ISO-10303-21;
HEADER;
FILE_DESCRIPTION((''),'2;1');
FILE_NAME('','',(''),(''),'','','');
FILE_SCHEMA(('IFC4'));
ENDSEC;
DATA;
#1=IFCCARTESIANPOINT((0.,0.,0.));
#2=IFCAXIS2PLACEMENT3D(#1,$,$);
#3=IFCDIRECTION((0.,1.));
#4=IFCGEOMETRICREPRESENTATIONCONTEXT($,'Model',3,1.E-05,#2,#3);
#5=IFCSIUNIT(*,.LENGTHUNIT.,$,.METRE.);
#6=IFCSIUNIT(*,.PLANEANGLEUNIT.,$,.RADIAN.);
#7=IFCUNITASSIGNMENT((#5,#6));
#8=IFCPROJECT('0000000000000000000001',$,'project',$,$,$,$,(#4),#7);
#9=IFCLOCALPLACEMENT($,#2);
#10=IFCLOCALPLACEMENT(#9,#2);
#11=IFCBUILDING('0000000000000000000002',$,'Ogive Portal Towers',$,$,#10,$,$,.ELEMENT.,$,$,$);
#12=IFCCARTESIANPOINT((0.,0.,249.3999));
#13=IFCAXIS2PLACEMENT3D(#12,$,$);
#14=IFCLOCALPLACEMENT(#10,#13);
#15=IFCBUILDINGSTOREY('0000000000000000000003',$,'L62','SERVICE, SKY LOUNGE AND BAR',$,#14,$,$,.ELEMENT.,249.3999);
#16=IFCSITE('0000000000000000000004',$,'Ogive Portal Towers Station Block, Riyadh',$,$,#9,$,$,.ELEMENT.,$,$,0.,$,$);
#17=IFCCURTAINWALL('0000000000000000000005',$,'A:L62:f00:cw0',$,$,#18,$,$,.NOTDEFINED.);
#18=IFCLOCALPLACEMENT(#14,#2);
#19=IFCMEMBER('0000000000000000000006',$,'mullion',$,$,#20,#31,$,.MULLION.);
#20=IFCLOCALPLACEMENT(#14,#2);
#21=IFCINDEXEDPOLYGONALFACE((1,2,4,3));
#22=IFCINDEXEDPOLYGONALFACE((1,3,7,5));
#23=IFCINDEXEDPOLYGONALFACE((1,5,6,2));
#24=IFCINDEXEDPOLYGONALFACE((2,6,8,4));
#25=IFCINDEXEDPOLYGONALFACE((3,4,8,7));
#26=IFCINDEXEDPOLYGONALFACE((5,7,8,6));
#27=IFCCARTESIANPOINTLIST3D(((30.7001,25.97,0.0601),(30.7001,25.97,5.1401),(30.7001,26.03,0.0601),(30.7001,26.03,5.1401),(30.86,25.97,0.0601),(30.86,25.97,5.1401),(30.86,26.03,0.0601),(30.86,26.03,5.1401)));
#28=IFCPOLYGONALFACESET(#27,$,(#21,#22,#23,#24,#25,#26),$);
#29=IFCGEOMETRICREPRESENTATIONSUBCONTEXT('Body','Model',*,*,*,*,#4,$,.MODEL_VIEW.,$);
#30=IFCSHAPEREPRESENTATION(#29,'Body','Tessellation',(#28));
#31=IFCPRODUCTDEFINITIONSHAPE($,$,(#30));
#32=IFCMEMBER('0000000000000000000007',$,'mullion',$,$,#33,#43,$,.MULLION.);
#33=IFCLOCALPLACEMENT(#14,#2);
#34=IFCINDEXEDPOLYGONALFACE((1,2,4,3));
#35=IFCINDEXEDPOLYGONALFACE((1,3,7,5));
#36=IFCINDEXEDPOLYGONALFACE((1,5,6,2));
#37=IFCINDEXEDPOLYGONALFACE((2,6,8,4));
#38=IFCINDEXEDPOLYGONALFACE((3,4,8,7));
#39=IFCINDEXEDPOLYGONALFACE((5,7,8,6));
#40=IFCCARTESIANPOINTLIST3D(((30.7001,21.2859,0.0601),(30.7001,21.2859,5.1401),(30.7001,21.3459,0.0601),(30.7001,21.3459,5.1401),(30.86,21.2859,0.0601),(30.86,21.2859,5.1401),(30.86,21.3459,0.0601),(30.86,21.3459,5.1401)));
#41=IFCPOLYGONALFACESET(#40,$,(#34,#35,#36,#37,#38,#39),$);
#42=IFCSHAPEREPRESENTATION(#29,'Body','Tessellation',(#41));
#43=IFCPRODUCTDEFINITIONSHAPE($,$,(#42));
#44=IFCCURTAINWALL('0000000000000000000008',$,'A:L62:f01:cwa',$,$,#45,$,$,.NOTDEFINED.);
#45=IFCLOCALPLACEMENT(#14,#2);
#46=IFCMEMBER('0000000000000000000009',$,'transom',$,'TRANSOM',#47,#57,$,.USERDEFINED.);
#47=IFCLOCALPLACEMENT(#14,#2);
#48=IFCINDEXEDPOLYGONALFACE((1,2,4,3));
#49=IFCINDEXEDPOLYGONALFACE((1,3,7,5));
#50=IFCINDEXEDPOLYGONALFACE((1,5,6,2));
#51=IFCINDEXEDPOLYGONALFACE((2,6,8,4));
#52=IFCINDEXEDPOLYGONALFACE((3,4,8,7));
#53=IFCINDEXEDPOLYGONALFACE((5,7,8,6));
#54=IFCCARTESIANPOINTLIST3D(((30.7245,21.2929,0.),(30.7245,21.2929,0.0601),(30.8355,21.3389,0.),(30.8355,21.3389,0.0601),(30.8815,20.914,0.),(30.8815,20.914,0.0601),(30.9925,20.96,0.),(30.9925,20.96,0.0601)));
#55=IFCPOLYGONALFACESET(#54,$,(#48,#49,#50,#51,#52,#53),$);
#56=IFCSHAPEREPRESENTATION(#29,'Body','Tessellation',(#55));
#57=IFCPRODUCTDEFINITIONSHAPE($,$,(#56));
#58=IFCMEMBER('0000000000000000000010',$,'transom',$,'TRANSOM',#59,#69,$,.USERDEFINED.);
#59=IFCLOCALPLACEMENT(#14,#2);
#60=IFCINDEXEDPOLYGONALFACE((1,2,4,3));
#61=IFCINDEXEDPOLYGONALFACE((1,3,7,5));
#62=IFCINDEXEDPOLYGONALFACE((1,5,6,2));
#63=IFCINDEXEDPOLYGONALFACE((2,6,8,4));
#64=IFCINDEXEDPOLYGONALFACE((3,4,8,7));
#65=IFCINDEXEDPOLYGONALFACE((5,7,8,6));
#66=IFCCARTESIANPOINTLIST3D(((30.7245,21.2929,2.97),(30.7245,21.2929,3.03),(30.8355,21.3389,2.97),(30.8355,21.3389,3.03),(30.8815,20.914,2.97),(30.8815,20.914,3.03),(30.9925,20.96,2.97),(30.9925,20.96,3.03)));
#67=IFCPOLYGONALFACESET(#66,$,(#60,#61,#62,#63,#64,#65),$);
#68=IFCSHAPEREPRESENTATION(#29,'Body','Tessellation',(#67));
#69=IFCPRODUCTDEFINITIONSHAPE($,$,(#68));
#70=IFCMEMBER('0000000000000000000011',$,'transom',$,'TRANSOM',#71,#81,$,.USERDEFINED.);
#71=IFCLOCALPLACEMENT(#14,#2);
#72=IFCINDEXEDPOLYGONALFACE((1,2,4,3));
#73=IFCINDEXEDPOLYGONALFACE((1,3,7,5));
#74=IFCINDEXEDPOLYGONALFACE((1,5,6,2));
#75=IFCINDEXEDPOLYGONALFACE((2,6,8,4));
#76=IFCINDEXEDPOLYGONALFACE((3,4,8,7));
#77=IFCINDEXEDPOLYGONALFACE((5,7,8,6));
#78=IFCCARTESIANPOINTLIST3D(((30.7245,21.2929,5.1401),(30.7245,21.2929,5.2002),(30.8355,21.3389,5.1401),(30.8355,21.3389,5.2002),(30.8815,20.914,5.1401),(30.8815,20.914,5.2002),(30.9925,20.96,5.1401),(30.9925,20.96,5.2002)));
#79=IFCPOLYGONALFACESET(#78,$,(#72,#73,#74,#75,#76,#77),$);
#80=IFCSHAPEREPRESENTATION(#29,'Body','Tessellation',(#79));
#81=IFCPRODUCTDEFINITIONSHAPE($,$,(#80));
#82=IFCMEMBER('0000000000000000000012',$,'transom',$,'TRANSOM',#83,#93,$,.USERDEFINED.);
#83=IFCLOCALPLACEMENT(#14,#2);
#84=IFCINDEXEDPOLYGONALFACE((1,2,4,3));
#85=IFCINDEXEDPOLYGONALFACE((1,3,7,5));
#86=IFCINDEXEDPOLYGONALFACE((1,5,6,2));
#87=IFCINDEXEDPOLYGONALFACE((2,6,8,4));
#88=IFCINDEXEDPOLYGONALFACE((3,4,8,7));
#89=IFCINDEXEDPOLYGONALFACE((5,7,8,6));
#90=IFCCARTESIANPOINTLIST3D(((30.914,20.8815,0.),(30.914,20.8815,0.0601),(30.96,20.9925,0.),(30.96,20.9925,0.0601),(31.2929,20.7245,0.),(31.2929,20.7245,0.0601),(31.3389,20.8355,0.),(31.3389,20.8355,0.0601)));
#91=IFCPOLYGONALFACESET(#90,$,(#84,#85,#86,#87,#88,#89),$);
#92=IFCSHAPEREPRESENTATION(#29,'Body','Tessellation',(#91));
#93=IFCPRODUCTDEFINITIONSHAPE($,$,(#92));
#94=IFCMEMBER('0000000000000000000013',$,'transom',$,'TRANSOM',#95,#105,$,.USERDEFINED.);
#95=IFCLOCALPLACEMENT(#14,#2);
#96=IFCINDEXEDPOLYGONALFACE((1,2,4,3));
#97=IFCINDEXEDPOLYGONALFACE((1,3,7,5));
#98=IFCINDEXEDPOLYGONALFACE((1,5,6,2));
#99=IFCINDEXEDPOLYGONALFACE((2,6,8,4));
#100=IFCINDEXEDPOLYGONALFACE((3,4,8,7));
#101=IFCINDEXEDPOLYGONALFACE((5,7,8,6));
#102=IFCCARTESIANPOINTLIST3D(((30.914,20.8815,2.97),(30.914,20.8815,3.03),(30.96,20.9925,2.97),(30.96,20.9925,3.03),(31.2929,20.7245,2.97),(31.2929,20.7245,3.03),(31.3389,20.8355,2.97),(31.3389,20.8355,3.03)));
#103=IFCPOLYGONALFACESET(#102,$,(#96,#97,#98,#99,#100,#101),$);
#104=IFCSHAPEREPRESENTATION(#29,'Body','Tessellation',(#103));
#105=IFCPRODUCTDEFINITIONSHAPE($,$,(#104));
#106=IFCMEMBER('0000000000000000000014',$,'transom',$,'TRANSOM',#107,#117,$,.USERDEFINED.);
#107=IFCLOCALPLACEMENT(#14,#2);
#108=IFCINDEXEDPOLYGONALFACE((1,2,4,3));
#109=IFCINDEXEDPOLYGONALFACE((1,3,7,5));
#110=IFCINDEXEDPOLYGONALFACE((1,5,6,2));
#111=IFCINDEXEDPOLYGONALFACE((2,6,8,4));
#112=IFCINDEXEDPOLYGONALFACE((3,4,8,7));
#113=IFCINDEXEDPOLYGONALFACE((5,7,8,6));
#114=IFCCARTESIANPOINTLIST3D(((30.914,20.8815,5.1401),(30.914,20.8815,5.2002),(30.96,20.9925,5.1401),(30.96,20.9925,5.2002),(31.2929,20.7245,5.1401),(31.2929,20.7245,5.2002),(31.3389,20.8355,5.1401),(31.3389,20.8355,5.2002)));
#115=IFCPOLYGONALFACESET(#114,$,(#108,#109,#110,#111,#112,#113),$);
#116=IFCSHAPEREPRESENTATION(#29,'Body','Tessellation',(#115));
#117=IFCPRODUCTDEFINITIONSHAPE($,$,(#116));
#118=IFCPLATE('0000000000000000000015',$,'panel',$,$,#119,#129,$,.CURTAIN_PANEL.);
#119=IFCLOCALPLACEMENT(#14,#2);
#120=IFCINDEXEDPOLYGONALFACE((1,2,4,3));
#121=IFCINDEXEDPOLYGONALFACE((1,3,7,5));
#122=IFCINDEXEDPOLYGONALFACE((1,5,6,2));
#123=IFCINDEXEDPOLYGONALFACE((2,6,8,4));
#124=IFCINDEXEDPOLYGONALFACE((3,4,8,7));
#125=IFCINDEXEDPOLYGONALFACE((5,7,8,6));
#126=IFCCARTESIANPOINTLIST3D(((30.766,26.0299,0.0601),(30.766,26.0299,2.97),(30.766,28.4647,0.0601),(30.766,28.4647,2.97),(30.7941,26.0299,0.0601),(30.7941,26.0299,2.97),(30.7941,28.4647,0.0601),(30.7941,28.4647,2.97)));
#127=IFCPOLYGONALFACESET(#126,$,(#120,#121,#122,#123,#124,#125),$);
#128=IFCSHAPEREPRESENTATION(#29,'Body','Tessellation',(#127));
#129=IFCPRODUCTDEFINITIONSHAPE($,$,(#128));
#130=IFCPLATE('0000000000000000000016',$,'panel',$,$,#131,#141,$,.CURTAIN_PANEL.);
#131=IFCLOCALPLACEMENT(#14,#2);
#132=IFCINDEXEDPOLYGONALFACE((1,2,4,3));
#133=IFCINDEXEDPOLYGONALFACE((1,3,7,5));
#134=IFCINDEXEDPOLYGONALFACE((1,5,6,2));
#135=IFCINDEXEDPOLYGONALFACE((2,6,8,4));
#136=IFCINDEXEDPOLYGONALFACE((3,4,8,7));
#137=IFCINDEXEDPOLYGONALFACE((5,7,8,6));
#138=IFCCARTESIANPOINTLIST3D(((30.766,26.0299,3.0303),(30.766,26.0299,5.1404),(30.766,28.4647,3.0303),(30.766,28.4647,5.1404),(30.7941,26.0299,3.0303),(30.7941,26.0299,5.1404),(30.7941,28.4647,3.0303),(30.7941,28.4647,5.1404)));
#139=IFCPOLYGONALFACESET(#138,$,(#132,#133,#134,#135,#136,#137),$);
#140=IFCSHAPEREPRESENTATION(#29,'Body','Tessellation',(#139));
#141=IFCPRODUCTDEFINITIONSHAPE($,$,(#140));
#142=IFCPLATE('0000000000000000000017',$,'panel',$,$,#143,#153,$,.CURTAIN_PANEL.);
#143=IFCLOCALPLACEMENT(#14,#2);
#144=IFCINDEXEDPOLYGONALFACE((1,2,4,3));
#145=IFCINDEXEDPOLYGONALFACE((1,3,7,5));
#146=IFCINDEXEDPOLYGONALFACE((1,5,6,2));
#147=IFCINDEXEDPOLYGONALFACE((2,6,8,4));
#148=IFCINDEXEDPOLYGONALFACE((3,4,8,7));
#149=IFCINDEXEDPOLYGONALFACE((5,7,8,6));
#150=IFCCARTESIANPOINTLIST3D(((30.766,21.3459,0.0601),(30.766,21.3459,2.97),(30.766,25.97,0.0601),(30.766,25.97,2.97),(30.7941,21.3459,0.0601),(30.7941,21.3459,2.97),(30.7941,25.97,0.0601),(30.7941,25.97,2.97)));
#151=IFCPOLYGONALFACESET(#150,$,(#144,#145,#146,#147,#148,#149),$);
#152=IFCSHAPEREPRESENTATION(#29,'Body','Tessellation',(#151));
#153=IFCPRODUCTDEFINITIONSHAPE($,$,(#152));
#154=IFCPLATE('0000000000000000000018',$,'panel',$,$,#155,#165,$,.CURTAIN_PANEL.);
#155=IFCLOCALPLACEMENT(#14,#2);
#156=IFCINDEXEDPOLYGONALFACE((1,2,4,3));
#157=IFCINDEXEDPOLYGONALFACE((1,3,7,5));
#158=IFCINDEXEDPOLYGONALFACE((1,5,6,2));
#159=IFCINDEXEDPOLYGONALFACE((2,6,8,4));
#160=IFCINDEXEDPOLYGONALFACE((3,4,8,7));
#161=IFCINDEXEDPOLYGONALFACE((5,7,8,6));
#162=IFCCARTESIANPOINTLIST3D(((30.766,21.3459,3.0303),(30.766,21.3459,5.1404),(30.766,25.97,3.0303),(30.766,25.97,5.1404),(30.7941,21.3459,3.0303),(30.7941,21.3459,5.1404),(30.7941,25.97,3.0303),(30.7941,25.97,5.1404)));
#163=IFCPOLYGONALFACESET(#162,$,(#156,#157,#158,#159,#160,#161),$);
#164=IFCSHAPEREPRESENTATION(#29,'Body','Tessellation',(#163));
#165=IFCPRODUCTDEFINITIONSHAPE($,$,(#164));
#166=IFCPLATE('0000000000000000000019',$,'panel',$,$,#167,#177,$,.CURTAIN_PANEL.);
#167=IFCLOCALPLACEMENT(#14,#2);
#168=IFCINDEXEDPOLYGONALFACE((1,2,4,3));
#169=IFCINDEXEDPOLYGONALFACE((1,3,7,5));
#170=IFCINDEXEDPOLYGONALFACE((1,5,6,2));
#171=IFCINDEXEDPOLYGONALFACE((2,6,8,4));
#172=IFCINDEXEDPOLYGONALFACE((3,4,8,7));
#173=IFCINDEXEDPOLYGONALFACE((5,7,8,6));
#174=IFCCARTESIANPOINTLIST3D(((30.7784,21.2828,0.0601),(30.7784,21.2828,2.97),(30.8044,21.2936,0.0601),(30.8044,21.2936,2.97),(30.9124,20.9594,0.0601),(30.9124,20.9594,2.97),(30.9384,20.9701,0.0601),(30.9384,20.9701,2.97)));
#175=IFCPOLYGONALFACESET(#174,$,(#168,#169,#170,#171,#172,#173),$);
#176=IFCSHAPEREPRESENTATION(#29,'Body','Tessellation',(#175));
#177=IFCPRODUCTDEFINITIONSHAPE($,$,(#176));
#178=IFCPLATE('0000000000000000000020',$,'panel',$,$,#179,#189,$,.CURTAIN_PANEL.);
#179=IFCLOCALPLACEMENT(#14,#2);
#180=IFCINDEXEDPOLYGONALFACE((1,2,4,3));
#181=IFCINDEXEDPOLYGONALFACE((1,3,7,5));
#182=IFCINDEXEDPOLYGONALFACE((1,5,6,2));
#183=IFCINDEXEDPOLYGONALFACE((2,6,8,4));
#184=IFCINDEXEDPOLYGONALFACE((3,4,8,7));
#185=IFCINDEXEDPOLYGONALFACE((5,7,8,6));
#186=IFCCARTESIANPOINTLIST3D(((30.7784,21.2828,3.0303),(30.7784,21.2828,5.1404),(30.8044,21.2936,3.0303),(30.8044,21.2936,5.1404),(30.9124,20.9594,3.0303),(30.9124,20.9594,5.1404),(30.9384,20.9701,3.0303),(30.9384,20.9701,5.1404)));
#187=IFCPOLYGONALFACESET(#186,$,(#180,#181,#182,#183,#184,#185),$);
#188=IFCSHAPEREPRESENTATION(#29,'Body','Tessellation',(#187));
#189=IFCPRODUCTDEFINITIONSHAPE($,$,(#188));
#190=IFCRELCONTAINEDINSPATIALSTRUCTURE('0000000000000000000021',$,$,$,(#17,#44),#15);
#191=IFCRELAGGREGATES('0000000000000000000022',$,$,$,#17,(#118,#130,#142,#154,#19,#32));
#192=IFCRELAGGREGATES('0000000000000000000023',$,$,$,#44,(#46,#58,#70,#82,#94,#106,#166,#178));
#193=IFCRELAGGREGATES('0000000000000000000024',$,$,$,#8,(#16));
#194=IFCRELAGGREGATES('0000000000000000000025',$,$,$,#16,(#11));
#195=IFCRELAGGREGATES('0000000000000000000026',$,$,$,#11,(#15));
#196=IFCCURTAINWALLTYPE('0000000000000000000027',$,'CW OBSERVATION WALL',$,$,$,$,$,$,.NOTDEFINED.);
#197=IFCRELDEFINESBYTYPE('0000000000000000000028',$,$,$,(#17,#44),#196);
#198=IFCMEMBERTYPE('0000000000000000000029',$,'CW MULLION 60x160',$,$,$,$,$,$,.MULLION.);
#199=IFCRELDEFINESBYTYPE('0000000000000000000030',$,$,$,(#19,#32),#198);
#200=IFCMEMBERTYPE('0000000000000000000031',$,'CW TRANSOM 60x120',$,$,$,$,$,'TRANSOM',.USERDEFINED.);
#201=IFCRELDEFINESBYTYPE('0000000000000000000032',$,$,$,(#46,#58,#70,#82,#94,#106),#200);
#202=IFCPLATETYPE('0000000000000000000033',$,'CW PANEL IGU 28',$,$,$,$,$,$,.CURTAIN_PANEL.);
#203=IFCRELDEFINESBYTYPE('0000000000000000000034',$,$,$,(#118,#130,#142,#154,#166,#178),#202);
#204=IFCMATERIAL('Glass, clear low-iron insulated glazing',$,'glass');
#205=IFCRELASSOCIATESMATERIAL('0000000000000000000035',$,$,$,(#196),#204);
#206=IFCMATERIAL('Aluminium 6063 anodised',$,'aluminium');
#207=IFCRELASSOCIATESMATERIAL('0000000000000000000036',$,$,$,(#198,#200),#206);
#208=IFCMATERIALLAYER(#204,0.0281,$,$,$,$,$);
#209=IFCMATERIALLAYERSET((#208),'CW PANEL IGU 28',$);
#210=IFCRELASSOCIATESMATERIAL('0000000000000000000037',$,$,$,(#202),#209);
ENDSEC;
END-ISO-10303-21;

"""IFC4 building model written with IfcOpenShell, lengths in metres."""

from ifc_helpers import new_model, si_unit, direction, frame, origin, origin_2d, place, context, subcontext, project, spatial, rectangle, extrude, material, layer, layer_set, material_profile, profile_set, type_object, element, aggregate, save


model = new_model("IFC4")

# Units and contexts
model_context = context("Model", 3, precision=1e-05, world=origin(), true_north=direction((0.0, 1.0)))
body_context = subcontext(model_context, "Body", "Model", "MODEL_VIEW")
ifc_project = project(units=[si_unit("LENGTHUNIT", "METRE"), si_unit("PLANEANGLEUNIT", "RADIAN")], contexts=[model_context])

# Site, building, storey
site_placement = place(None, origin())
site = spatial("IfcSite", under=ifc_project, at=site_placement, Name="Ogive Portal Towers Station Block, Riyadh", CompositionType="ELEMENT", RefElevation=0.0)
building_placement = place(site_placement, origin())
building = spatial("IfcBuilding", under=site, at=building_placement, Name="Ogive Portal Towers", CompositionType="ELEMENT")
storey_placement = place(building_placement, frame((0.0, 0.0, 249.3999)))
storey = spatial("IfcBuildingStorey", under=building, at=storey_placement, Name="L62", Description="SERVICE, SKY LOUNGE AND BAR", CompositionType="ELEMENT", Elevation=249.3999)

# Curtain walls, members
ifc_material_1 = material(Name="Glass, clear low-iron insulated glazing", Category="glass")
curtain_wall_type = type_object("IfcCurtainWallType", Name="CW OBSERVATION WALL", PredefinedType="NOTDEFINED", material=ifc_material_1)
curtain_wall_1_placement = place(storey_placement, origin())
curtain_wall_1 = element("IfcCurtainWall", 1, at=curtain_wall_1_placement, inside=storey, type_object=curtain_wall_type, Name="A:L62:f00:cw0", PredefinedType="NOTDEFINED")
ifc_material_2 = material(Name="Aluminium 6063 anodised", Category="aluminium")
ifc_material_profile_1 = material_profile(ifc_material_2, rectangle(XDim=0.1599, YDim=0.0601, at=origin_2d()), Name="AL 60x160")
ifc_profile_set_1 = profile_set([ifc_material_profile_1], Name="Aluminium 6063 anodised")
member_type_1 = type_object("IfcMemberType", Name="CW MULLION 60x160", PredefinedType="MULLION", material=ifc_profile_set_1)
member_1_placement = place(storey_placement, frame((30.78, 26.0, 0.0601), z_axis=(0.0, 0.0, 1.0), x_axis=(1.0, 0.0, 0.0)))
member_1 = element("IfcMember", 2, at=member_1_placement, type_object=member_type_1, Name="mullion", PredefinedType="MULLION", context=body_context, shape_type="SweptSolid", body=[
    extrude(rectangle(XDim=0.1599, YDim=0.0601, at=origin_2d()), origin(), (0.0, 0.0, 1.0), 5.0801),
])
member_2_placement = place(storey_placement, frame((30.78, 21.3159, 0.0601), z_axis=(0.0, 0.0, 1.0), x_axis=(1.0, 0.0, 0.0)))
member_2 = element("IfcMember", 3, at=member_2_placement, type_object=member_type_1, Name="mullion", PredefinedType="MULLION", context=body_context, shape_type="SweptSolid", body=[
    extrude(rectangle(XDim=0.1599, YDim=0.0601, at=origin_2d()), origin(), (0.0, 0.0, 1.0), 5.0801),
])
curtain_wall_2_placement = place(storey_placement, origin())
curtain_wall_2 = element("IfcCurtainWall", 4, at=curtain_wall_2_placement, inside=storey, type_object=curtain_wall_type, Name="A:L62:f01:cwa", PredefinedType="NOTDEFINED")
ifc_material_profile_2 = material_profile(ifc_material_2, rectangle(XDim=0.1201, YDim=0.0601, at=origin_2d()), Name="AL 120x60")
ifc_profile_set_2 = profile_set([ifc_material_profile_2], Name="Aluminium 6063 anodised")
member_type_2 = type_object("IfcMemberType", Name="CW TRANSOM 60x120", ElementType="TRANSOM", PredefinedType="USERDEFINED", material=ifc_profile_set_2)
member_3_placement = place(storey_placement, frame((30.78, 21.3159, 0.03), z_axis=(0.382755, -0.92385, 0.0), x_axis=(0.92385, 0.382755, 0.0)))
member_3 = element("IfcMember", 5, at=member_3_placement, type_object=member_type_2, Name="transom", ObjectType="TRANSOM", PredefinedType="USERDEFINED", context=body_context, shape_type="SweptSolid", body=[
    extrude(rectangle(XDim=0.1201, YDim=0.0601, at=origin_2d()), origin(), (0.0, 0.0, 1.0), 0.4102),
])
member_4_placement = place(storey_placement, frame((30.78, 21.3159, 3.0), z_axis=(0.382755, -0.92385, 0.0), x_axis=(0.92385, 0.382755, 0.0)))
member_4 = element("IfcMember", 6, at=member_4_placement, type_object=member_type_2, Name="transom", ObjectType="TRANSOM", PredefinedType="USERDEFINED", context=body_context, shape_type="SweptSolid", body=[
    extrude(rectangle(XDim=0.1201, YDim=0.0601, at=origin_2d()), origin(), (0.0, 0.0, 1.0), 0.4102),
])
member_5_placement = place(storey_placement, frame((30.78, 21.3159, 5.1702), z_axis=(0.382755, -0.92385, 0.0), x_axis=(0.92385, 0.382755, 0.0)))
member_5 = element("IfcMember", 7, at=member_5_placement, type_object=member_type_2, Name="transom", ObjectType="TRANSOM", PredefinedType="USERDEFINED", context=body_context, shape_type="SweptSolid", body=[
    extrude(rectangle(XDim=0.1201, YDim=0.0601, at=origin_2d()), origin(), (0.0, 0.0, 1.0), 0.4102),
])
member_6_placement = place(storey_placement, frame((30.937, 20.937, 0.03), z_axis=(0.92385, -0.382755, 0.0), x_axis=(0.382755, 0.92385, 0.0)))
member_6 = element("IfcMember", 8, at=member_6_placement, type_object=member_type_2, Name="transom", ObjectType="TRANSOM", PredefinedType="USERDEFINED", context=body_context, shape_type="SweptSolid", body=[
    extrude(rectangle(XDim=0.1201, YDim=0.0601, at=origin_2d()), origin(), (0.0, 0.0, 1.0), 0.4102),
])
member_7_placement = place(storey_placement, frame((30.937, 20.937, 3.0), z_axis=(0.92385, -0.382755, 0.0), x_axis=(0.382755, 0.92385, 0.0)))
member_7 = element("IfcMember", 9, at=member_7_placement, type_object=member_type_2, Name="transom", ObjectType="TRANSOM", PredefinedType="USERDEFINED", context=body_context, shape_type="SweptSolid", body=[
    extrude(rectangle(XDim=0.1201, YDim=0.0601, at=origin_2d()), origin(), (0.0, 0.0, 1.0), 0.4102),
])
member_8_placement = place(storey_placement, frame((30.937, 20.937, 5.1702), z_axis=(0.92385, -0.382755, 0.0), x_axis=(0.382755, 0.92385, 0.0)))
member_8 = element("IfcMember", 10, at=member_8_placement, type_object=member_type_2, Name="transom", ObjectType="TRANSOM", PredefinedType="USERDEFINED", context=body_context, shape_type="SweptSolid", body=[
    extrude(rectangle(XDim=0.1201, YDim=0.0601, at=origin_2d()), origin(), (0.0, 0.0, 1.0), 0.4102),
])

# Plates
ifc_layer_1 = layer(ifc_material_1, 0.0281)
ifc_layer_set_1 = layer_set([ifc_layer_1], Name="CW PANEL IGU 28")
plate_type = type_object("IfcPlateType", Name="CW PANEL IGU 28", PredefinedType="CURTAIN_PANEL", material=ifc_layer_set_1)
plate_1_placement = place(storey_placement, frame((30.78, 27.2473, 0.0601), z_axis=(0.0, 0.0, 1.0), x_axis=(0.0, -1.0, 0.0)))
plate_1 = element("IfcPlate", 11, at=plate_1_placement, type_object=plate_type, Name="panel", PredefinedType="CURTAIN_PANEL", context=body_context, shape_type="SweptSolid", body=[
    extrude(rectangle(XDim=2.4348, YDim=0.0281, at=origin_2d()), origin(), (0.0, 0.0, 1.0), 2.9099),
])
plate_2_placement = place(storey_placement, frame((30.78, 27.2473, 3.0303), z_axis=(0.0, 0.0, 1.0), x_axis=(0.0, -1.0, 0.0)))
plate_2 = element("IfcPlate", 12, at=plate_2_placement, type_object=plate_type, Name="panel", PredefinedType="CURTAIN_PANEL", context=body_context, shape_type="SweptSolid", body=[
    extrude(rectangle(XDim=2.4348, YDim=0.0281, at=origin_2d()), origin(), (0.0, 0.0, 1.0), 2.1101),
])
plate_3_placement = place(storey_placement, frame((30.78, 23.658, 0.0601), z_axis=(0.0, 0.0, 1.0), x_axis=(0.0, -1.0, 0.0)))
plate_3 = element("IfcPlate", 13, at=plate_3_placement, type_object=plate_type, Name="panel", PredefinedType="CURTAIN_PANEL", context=body_context, shape_type="SweptSolid", body=[
    extrude(rectangle(XDim=4.624, YDim=0.0281, at=origin_2d()), origin(), (0.0, 0.0, 1.0), 2.9099),
])
plate_4_placement = place(storey_placement, frame((30.78, 23.658, 3.0303), z_axis=(0.0, 0.0, 1.0), x_axis=(0.0, -1.0, 0.0)))
plate_4 = element("IfcPlate", 14, at=plate_4_placement, type_object=plate_type, Name="panel", PredefinedType="CURTAIN_PANEL", context=body_context, shape_type="SweptSolid", body=[
    extrude(rectangle(XDim=4.624, YDim=0.0281, at=origin_2d()), origin(), (0.0, 0.0, 1.0), 2.1101),
])
aggregate(curtain_wall_1, [plate_1, plate_2, plate_3, plate_4, member_1, member_2])
plate_5_placement = place(storey_placement, frame((30.8584, 21.1265, 0.0601), z_axis=(0.0, 0.0, 1.0), x_axis=(0.382683, -0.92388, 0.0)))
plate_5 = element("IfcPlate", 15, at=plate_5_placement, type_object=plate_type, Name="panel", PredefinedType="CURTAIN_PANEL", context=body_context, shape_type="SweptSolid", body=[
    extrude(rectangle(XDim=0.3501, YDim=0.0281, at=origin_2d()), origin(), (0.0, 0.0, 1.0), 2.9099),
])
plate_6_placement = place(storey_placement, frame((30.8584, 21.1265, 3.0303), z_axis=(0.0, 0.0, 1.0), x_axis=(0.382683, -0.92388, 0.0)))
plate_6 = element("IfcPlate", 16, at=plate_6_placement, type_object=plate_type, Name="panel", PredefinedType="CURTAIN_PANEL", context=body_context, shape_type="SweptSolid", body=[
    extrude(rectangle(XDim=0.3501, YDim=0.0281, at=origin_2d()), origin(), (0.0, 0.0, 1.0), 2.1101),
])
aggregate(curtain_wall_2, [member_3, member_4, member_5, member_6, member_7, member_8, plate_5, plate_6])

save(model, "model.ifc")
